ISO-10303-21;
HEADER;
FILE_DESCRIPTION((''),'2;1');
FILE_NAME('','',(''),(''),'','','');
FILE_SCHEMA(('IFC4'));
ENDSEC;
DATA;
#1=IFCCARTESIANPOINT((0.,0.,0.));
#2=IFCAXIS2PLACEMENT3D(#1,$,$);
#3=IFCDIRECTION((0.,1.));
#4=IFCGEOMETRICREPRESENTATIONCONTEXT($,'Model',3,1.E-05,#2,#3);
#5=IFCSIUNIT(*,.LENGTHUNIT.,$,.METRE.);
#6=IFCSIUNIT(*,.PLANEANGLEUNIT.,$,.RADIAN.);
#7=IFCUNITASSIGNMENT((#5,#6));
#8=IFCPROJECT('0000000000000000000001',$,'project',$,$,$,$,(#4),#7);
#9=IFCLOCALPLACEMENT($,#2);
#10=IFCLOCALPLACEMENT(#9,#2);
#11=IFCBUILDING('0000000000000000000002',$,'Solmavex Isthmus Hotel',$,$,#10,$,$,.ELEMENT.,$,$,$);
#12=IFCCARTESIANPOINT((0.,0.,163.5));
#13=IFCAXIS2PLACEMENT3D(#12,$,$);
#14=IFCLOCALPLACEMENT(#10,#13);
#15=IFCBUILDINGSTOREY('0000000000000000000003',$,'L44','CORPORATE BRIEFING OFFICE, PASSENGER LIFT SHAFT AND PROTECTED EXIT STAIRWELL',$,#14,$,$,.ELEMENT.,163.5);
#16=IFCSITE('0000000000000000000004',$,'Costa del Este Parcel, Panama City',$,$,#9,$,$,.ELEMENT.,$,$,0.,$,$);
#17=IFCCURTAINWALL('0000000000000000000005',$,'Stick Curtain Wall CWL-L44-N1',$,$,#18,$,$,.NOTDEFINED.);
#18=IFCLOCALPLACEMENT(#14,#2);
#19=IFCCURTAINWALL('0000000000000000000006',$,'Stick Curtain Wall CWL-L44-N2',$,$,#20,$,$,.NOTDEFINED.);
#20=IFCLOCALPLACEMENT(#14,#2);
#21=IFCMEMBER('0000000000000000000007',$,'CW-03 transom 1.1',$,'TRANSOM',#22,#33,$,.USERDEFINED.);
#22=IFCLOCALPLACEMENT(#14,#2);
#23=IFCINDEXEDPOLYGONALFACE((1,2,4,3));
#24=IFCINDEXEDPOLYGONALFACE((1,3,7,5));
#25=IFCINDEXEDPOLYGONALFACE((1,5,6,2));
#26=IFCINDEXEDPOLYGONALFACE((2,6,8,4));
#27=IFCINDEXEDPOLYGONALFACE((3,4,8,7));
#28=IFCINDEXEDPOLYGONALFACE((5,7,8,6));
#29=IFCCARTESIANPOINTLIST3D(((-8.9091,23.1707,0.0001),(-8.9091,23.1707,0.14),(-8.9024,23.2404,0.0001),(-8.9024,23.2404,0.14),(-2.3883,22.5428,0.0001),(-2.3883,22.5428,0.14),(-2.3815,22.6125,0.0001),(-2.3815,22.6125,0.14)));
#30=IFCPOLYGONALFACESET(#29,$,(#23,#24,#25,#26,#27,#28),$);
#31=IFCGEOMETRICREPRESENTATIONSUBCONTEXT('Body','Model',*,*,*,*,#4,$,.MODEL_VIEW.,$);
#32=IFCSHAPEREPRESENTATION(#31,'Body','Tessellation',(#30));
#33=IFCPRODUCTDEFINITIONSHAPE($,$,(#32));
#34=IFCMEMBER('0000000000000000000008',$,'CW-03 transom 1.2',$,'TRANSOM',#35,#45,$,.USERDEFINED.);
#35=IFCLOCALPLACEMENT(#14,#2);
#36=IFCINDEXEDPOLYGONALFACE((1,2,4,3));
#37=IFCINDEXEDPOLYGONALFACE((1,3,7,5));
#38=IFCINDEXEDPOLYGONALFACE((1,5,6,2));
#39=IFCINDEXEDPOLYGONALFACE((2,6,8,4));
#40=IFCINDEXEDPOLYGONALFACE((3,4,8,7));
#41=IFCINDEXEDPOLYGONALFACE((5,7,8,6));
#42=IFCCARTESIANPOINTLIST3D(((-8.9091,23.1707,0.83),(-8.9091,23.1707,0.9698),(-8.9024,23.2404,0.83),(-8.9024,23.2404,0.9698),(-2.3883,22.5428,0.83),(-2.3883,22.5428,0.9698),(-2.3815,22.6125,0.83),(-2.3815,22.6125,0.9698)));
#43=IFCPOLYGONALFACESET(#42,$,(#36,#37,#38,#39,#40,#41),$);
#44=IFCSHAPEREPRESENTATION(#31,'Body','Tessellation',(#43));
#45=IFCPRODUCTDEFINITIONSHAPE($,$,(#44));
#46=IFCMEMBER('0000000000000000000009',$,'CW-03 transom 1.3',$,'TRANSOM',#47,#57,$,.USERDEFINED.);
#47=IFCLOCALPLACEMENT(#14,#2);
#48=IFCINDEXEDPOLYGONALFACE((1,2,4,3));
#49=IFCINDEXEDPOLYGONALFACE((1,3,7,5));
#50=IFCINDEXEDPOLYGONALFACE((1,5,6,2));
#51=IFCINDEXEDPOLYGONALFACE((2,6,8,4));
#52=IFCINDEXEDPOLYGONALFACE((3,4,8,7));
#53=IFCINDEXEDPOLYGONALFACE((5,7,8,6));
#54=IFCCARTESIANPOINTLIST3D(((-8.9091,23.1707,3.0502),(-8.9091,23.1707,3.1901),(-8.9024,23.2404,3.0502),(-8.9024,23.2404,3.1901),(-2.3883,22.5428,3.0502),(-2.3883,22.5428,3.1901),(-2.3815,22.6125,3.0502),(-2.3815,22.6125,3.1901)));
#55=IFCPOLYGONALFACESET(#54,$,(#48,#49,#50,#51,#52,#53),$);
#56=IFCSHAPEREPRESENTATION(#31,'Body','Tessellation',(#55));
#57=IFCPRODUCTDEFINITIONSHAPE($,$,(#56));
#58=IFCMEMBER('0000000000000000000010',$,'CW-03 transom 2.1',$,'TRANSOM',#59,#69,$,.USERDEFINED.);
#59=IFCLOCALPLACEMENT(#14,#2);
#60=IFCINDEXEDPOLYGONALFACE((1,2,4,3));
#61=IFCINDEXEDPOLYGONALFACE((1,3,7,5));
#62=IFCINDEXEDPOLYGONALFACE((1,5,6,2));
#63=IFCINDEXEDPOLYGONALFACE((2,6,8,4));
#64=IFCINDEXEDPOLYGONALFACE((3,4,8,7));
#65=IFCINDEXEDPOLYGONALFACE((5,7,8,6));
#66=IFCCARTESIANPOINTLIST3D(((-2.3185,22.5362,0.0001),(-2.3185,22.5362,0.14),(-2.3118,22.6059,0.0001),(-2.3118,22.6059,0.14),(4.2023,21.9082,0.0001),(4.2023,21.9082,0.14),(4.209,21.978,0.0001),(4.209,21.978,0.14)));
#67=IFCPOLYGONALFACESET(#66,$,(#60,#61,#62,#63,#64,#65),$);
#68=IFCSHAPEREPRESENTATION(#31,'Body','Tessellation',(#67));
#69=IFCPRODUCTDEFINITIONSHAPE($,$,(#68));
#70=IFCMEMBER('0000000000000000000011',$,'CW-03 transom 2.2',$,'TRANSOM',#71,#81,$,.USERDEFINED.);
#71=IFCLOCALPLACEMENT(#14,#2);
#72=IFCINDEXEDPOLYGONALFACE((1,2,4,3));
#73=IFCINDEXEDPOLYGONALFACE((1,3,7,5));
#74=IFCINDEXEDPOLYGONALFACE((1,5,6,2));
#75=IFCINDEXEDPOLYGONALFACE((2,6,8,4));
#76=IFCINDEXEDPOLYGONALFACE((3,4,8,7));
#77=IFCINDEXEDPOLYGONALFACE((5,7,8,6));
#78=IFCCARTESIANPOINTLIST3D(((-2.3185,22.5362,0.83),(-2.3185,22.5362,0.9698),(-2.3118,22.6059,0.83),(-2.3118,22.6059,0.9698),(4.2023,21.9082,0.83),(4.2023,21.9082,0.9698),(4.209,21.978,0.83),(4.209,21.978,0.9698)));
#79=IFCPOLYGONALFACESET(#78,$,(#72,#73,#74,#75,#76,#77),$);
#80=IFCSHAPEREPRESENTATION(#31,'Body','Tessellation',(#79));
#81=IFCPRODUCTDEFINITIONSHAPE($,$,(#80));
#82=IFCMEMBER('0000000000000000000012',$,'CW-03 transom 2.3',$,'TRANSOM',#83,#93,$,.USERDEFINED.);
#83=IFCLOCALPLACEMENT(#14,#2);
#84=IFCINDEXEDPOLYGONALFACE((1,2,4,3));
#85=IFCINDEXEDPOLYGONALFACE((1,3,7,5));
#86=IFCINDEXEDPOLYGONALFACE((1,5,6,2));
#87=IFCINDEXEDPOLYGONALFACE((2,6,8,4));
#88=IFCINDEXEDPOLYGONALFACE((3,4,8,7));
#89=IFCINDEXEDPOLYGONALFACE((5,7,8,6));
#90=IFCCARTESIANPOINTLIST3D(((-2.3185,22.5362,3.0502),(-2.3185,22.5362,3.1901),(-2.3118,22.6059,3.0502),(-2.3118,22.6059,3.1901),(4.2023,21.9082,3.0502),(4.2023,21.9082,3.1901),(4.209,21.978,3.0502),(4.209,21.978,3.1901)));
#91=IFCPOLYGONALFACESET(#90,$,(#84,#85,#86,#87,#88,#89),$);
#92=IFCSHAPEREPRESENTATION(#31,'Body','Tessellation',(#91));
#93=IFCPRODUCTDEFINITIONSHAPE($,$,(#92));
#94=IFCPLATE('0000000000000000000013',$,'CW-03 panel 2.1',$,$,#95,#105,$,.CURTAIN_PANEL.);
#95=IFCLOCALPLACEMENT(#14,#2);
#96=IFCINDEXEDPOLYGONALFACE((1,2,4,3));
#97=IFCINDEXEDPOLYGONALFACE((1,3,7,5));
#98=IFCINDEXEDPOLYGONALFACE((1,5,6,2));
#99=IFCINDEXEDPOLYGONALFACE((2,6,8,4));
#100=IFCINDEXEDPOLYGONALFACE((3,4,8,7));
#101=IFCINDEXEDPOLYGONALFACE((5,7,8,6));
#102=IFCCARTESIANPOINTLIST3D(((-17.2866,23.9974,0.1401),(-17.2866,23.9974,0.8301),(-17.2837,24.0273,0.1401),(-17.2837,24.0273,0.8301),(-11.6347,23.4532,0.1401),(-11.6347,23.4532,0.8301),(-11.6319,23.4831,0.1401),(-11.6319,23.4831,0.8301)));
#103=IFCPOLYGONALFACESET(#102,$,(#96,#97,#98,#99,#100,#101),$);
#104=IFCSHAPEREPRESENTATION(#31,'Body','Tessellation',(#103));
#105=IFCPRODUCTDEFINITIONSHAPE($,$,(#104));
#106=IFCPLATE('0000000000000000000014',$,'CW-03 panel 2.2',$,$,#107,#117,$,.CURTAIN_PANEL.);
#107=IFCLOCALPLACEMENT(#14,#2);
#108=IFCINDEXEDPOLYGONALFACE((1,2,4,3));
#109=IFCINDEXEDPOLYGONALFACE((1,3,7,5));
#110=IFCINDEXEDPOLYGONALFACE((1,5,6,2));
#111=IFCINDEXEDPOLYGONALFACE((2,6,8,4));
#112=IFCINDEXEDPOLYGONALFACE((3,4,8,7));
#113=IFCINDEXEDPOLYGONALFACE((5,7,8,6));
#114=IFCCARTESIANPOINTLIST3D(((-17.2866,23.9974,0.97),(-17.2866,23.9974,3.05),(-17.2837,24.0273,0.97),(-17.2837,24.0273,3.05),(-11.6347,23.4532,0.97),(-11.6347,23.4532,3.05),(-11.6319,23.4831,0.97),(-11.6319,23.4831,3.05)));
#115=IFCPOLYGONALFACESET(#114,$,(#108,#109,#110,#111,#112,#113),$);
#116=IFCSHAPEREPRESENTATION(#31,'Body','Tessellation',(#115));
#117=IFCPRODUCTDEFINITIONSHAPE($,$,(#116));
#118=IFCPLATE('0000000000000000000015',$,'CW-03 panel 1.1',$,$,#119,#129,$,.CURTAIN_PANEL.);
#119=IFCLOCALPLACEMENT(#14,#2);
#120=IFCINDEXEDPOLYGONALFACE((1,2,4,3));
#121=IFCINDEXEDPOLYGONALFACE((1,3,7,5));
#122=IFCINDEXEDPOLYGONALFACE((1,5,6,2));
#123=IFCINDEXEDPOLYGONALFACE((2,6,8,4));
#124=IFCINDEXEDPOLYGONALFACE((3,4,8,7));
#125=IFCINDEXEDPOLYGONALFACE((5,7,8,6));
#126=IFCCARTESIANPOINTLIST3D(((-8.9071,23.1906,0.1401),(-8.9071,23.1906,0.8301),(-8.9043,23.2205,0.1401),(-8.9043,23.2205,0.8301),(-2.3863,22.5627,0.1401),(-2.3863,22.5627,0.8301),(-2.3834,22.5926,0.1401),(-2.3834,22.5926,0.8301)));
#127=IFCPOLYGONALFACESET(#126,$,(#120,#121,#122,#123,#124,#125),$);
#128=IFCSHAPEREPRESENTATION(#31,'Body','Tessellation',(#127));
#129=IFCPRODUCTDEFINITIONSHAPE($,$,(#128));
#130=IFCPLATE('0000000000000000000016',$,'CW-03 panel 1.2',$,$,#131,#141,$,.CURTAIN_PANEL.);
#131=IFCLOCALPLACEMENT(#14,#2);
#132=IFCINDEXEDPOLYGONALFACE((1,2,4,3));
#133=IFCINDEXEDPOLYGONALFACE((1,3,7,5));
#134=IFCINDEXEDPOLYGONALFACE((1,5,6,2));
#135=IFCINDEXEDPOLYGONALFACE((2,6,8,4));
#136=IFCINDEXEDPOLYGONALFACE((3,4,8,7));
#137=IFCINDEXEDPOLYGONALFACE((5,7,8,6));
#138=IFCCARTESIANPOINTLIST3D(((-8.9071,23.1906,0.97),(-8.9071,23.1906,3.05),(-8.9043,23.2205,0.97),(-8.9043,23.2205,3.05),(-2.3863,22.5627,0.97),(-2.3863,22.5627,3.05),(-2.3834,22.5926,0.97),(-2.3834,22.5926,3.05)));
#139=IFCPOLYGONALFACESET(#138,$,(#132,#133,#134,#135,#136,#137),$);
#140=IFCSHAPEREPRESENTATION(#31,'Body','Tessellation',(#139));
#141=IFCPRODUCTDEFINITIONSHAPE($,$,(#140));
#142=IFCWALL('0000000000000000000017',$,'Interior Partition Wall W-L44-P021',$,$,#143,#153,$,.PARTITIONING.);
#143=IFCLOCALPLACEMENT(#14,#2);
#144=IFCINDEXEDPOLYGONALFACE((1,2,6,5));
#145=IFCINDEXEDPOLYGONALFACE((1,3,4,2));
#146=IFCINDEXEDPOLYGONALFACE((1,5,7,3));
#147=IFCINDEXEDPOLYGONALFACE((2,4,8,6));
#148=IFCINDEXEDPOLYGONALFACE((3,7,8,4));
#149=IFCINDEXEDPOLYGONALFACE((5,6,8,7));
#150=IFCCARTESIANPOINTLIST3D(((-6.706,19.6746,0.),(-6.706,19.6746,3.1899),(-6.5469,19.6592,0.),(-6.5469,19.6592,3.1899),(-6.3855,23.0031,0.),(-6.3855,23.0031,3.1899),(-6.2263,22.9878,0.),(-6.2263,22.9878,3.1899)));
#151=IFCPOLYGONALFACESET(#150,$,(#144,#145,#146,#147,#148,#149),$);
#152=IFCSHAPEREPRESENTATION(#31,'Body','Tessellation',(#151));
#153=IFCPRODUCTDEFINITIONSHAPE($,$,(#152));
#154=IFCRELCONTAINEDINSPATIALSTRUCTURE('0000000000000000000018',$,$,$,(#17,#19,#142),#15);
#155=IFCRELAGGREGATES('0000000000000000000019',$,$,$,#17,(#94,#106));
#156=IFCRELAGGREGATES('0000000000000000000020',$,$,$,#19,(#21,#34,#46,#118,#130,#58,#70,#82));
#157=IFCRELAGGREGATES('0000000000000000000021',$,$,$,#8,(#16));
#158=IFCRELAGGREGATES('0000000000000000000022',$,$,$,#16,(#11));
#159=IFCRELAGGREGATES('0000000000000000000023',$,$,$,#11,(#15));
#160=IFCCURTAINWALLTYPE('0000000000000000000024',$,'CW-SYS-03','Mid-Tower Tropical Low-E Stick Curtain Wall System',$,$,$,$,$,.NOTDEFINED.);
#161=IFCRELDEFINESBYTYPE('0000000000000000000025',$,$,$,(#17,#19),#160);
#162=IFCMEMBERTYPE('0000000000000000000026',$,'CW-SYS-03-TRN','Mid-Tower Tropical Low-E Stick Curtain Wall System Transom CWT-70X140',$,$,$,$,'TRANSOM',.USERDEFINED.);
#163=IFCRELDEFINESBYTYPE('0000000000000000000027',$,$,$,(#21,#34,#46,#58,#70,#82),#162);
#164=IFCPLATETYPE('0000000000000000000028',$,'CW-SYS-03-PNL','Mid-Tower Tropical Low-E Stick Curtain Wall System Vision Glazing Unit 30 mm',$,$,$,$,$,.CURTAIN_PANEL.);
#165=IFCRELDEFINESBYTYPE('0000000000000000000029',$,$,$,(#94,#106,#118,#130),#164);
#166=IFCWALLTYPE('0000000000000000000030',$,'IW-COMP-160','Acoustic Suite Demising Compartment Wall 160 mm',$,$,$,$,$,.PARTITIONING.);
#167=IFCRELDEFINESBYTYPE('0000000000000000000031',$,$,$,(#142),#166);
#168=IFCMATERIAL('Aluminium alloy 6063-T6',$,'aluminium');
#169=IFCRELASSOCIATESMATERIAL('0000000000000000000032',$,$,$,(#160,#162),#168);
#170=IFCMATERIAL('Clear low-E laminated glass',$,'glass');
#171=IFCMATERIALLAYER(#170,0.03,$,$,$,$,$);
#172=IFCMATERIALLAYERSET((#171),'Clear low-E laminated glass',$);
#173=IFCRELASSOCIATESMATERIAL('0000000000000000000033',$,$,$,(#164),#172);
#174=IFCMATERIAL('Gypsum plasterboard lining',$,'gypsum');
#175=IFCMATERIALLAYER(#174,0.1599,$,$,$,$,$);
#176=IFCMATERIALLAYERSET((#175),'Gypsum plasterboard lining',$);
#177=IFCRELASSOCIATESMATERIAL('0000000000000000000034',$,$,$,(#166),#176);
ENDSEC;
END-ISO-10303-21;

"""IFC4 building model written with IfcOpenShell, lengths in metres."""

from ifc_helpers import new_model, si_unit, direction, frame, frame_2d, origin, origin_2d, place, context, subcontext, project, spatial, rectangle, extrude, material, layer, layer_set, material_profile, profile_set, type_object, element, aggregate, save


model = new_model("IFC4")

# Units and contexts
model_context = context("Model", 3, precision=1e-05, world=origin(), true_north=direction((0.0, 1.0)))
body_context = subcontext(model_context, "Body", "Model", "MODEL_VIEW")
ifc_project = project(units=[si_unit("LENGTHUNIT", "METRE"), si_unit("PLANEANGLEUNIT", "RADIAN")], contexts=[model_context])

# Site, building, storey
site_placement = place(None, origin())
site = spatial("IfcSite", under=ifc_project, at=site_placement, Name="Costa del Este Parcel, Panama City", CompositionType="ELEMENT", RefElevation=0.0)
building_placement = place(site_placement, origin())
building = spatial("IfcBuilding", under=site, at=building_placement, Name="Solmavex Isthmus Hotel", CompositionType="ELEMENT")
storey_placement = place(building_placement, frame((0.0, 0.0, 163.5)))
storey = spatial("IfcBuildingStorey", under=building, at=storey_placement, Name="L44", Description="CORPORATE BRIEFING OFFICE, PASSENGER LIFT SHAFT AND PROTECTED EXIT STAIRWELL", CompositionType="ELEMENT", Elevation=163.5)

# Curtain wall
ifc_material_1 = material(Name="Aluminium alloy 6063-T6", Category="aluminium")
curtain_wall_type = type_object("IfcCurtainWallType", Name="CW-SYS-03", Description="Mid-Tower Tropical Low-E Stick Curtain Wall System", PredefinedType="NOTDEFINED", material=ifc_material_1)
curtain_wall_1_placement = place(storey_placement, origin())
curtain_wall_1 = element("IfcCurtainWall", 1, at=curtain_wall_1_placement, inside=storey, type_object=curtain_wall_type, Name="Stick Curtain Wall CWL-L44-N1", PredefinedType="NOTDEFINED")

# Curtain wall, members
curtain_wall_2_placement = place(storey_placement, origin())
curtain_wall_2 = element("IfcCurtainWall", 2, at=curtain_wall_2_placement, inside=storey, type_object=curtain_wall_type, Name="Stick Curtain Wall CWL-L44-N2", PredefinedType="NOTDEFINED")
ifc_material_profile_1 = material_profile(ifc_material_1, rectangle(XDim=0.0701, YDim=0.1399, at=origin_2d()), Name="CWT-70X140")
ifc_profile_set_1 = profile_set([ifc_material_profile_1], Name="Aluminium alloy 6063-T6")
member_type_1 = type_object("IfcMemberType", Name="CW-SYS-03-TRN", Description="Mid-Tower Tropical Low-E Stick Curtain Wall System Transom CWT-70X140", ElementType="TRANSOM", PredefinedType="USERDEFINED", material=ifc_profile_set_1)
member_1_placement = place(storey_placement, frame((-8.9058, 23.2056, 0.0701), z_axis=(0.995395, -0.095854, 0.0), x_axis=(0.095854, 0.995395, 0.0)))
member_1 = element("IfcMember", 3, at=member_1_placement, type_object=member_type_1, Name="CW-03 transom 1.1", ObjectType="TRANSOM", PredefinedType="USERDEFINED", context=body_context, shape_type="SweptSolid", body=[
    extrude(rectangle(XDim=0.0701, YDim=0.1399, at=origin_2d()), origin(), (0.0, 0.0, 1.0), 6.551),
])
member_2_placement = place(storey_placement, frame((-8.9058, 23.2056, 0.8999), z_axis=(0.995395, -0.095854, 0.0), x_axis=(0.095854, 0.995395, 0.0)))
member_2 = element("IfcMember", 4, at=member_2_placement, type_object=member_type_1, Name="CW-03 transom 1.2", ObjectType="TRANSOM", PredefinedType="USERDEFINED", context=body_context, shape_type="SweptSolid", body=[
    extrude(rectangle(XDim=0.0701, YDim=0.1399, at=origin_2d()), origin(), (0.0, 0.0, 1.0), 6.551),
])
member_3_placement = place(storey_placement, frame((-8.9058, 23.2056, 3.1201), z_axis=(0.995395, -0.095854, 0.0), x_axis=(0.095854, 0.995395, 0.0)))
member_3 = element("IfcMember", 5, at=member_3_placement, type_object=member_type_1, Name="CW-03 transom 1.3", ObjectType="TRANSOM", PredefinedType="USERDEFINED", context=body_context, shape_type="SweptSolid", body=[
    extrude(rectangle(XDim=0.0701, YDim=0.1399, at=origin_2d()), origin(), (0.0, 0.0, 1.0), 6.551),
])
member_4_placement = place(storey_placement, frame((-2.3152, 22.571, 0.0701), z_axis=(0.995395, -0.095854, 0.0), x_axis=(0.095854, 0.995395, 0.0)))
member_4 = element("IfcMember", 6, at=member_4_placement, type_object=member_type_1, Name="CW-03 transom 2.1", ObjectType="TRANSOM", PredefinedType="USERDEFINED", context=body_context, shape_type="SweptSolid", body=[
    extrude(rectangle(XDim=0.0701, YDim=0.1399, at=origin_2d()), origin(), (0.0, 0.0, 1.0), 6.551),
])
member_5_placement = place(storey_placement, frame((-2.3152, 22.571, 0.8999), z_axis=(0.995395, -0.095854, 0.0), x_axis=(0.095854, 0.995395, 0.0)))
member_5 = element("IfcMember", 7, at=member_5_placement, type_object=member_type_1, Name="CW-03 transom 2.2", ObjectType="TRANSOM", PredefinedType="USERDEFINED", context=body_context, shape_type="SweptSolid", body=[
    extrude(rectangle(XDim=0.0701, YDim=0.1399, at=origin_2d()), origin(), (0.0, 0.0, 1.0), 6.551),
])
member_6_placement = place(storey_placement, frame((-2.3152, 22.571, 3.1201), z_axis=(0.995395, -0.095854, 0.0), x_axis=(0.095854, 0.995395, 0.0)))
member_6 = element("IfcMember", 8, at=member_6_placement, type_object=member_type_1, Name="CW-03 transom 2.3", ObjectType="TRANSOM", PredefinedType="USERDEFINED", context=body_context, shape_type="SweptSolid", body=[
    extrude(rectangle(XDim=0.0701, YDim=0.1399, at=origin_2d()), origin(), (0.0, 0.0, 1.0), 6.551),
])

# Plates
ifc_material_2 = material(Name="Clear low-E laminated glass", Category="glass")
ifc_layer_1 = layer(ifc_material_2, 0.03)
ifc_layer_set_1 = layer_set([ifc_layer_1], Name="Clear low-E laminated glass")
plate_type = type_object("IfcPlateType", Name="CW-SYS-03-PNL", Description="Mid-Tower Tropical Low-E Stick Curtain Wall System Vision Glazing Unit 30 mm", PredefinedType="CURTAIN_PANEL", material=ifc_layer_set_1)
plate_1_placement = place(storey_placement, frame((-14.4592, 23.7402, 0.1401), z_axis=(0.0, 0.0, 1.0), x_axis=(0.995396, -0.095846, 0.0)))
plate_1 = element("IfcPlate", 9, at=plate_1_placement, type_object=plate_type, Name="CW-03 panel 2.1", PredefinedType="CURTAIN_PANEL", context=body_context, shape_type="SweptSolid", body=[
    extrude(rectangle(XDim=5.678, YDim=0.03, at=origin_2d()), origin(), (0.0, 0.0, 1.0), 0.6899),
])
plate_2_placement = place(storey_placement, frame((-14.4592, 23.7402, 0.97), z_axis=(0.0, 0.0, 1.0), x_axis=(0.995396, -0.095846, 0.0)))
plate_2 = element("IfcPlate", 10, at=plate_2_placement, type_object=plate_type, Name="CW-03 panel 2.2", PredefinedType="CURTAIN_PANEL", context=body_context, shape_type="SweptSolid", body=[
    extrude(rectangle(XDim=5.678, YDim=0.03, at=origin_2d()), origin(), (0.0, 0.0, 1.0), 2.0801),
])
aggregate(curtain_wall_1, [plate_1, plate_2])
plate_3_placement = place(storey_placement, frame((-5.6453, 22.8916, 0.1401), z_axis=(0.0, 0.0, 1.0), x_axis=(0.995396, -0.095845, 0.0)))
plate_3 = element("IfcPlate", 11, at=plate_3_placement, type_object=plate_type, Name="CW-03 panel 1.1", PredefinedType="CURTAIN_PANEL", context=body_context, shape_type="SweptSolid", body=[
    extrude(rectangle(XDim=6.551, YDim=0.03, at=origin_2d()), origin(), (0.0, 0.0, 1.0), 0.6899),
])
plate_4_placement = place(storey_placement, frame((-5.6453, 22.8916, 0.97), z_axis=(0.0, 0.0, 1.0), x_axis=(0.995396, -0.095845, 0.0)))
plate_4 = element("IfcPlate", 12, at=plate_4_placement, type_object=plate_type, Name="CW-03 panel 1.2", PredefinedType="CURTAIN_PANEL", context=body_context, shape_type="SweptSolid", body=[
    extrude(rectangle(XDim=6.551, YDim=0.03, at=origin_2d()), origin(), (0.0, 0.0, 1.0), 2.0801),
])
aggregate(curtain_wall_2, [member_1, member_2, member_3, plate_3, plate_4, member_4, member_5, member_6])

# Wall
ifc_material_3 = material(Name="Gypsum plasterboard lining", Category="gypsum")
ifc_layer_2 = layer(ifc_material_3, 0.1599)
ifc_layer_set_2 = layer_set([ifc_layer_2], Name="Gypsum plasterboard lining")
wall_type_1 = type_object("IfcWallType", Name="IW-COMP-160", Description="Acoustic Suite Demising Compartment Wall 160 mm", PredefinedType="PARTITIONING", material=ifc_layer_set_2)
wall_1_placement = place(storey_placement, frame((-6.3059, 22.9954, 0.0), z_axis=(0.0, 0.0, 1.0), x_axis=(-0.09586, -0.995395, 0.0)))
element("IfcWall", 13, at=wall_1_placement, inside=storey, type_object=wall_type_1, Name="Interior Partition Wall W-L44-P021", PredefinedType="PARTITIONING", context=body_context, shape_type="SweptSolid", body=[
    extrude(rectangle(XDim=3.344, YDim=0.1599, at=frame_2d((1.6719, 0.0))), origin(), (0.0, 0.0, 1.0), 3.1899),
])

save(model, "model.ifc")
